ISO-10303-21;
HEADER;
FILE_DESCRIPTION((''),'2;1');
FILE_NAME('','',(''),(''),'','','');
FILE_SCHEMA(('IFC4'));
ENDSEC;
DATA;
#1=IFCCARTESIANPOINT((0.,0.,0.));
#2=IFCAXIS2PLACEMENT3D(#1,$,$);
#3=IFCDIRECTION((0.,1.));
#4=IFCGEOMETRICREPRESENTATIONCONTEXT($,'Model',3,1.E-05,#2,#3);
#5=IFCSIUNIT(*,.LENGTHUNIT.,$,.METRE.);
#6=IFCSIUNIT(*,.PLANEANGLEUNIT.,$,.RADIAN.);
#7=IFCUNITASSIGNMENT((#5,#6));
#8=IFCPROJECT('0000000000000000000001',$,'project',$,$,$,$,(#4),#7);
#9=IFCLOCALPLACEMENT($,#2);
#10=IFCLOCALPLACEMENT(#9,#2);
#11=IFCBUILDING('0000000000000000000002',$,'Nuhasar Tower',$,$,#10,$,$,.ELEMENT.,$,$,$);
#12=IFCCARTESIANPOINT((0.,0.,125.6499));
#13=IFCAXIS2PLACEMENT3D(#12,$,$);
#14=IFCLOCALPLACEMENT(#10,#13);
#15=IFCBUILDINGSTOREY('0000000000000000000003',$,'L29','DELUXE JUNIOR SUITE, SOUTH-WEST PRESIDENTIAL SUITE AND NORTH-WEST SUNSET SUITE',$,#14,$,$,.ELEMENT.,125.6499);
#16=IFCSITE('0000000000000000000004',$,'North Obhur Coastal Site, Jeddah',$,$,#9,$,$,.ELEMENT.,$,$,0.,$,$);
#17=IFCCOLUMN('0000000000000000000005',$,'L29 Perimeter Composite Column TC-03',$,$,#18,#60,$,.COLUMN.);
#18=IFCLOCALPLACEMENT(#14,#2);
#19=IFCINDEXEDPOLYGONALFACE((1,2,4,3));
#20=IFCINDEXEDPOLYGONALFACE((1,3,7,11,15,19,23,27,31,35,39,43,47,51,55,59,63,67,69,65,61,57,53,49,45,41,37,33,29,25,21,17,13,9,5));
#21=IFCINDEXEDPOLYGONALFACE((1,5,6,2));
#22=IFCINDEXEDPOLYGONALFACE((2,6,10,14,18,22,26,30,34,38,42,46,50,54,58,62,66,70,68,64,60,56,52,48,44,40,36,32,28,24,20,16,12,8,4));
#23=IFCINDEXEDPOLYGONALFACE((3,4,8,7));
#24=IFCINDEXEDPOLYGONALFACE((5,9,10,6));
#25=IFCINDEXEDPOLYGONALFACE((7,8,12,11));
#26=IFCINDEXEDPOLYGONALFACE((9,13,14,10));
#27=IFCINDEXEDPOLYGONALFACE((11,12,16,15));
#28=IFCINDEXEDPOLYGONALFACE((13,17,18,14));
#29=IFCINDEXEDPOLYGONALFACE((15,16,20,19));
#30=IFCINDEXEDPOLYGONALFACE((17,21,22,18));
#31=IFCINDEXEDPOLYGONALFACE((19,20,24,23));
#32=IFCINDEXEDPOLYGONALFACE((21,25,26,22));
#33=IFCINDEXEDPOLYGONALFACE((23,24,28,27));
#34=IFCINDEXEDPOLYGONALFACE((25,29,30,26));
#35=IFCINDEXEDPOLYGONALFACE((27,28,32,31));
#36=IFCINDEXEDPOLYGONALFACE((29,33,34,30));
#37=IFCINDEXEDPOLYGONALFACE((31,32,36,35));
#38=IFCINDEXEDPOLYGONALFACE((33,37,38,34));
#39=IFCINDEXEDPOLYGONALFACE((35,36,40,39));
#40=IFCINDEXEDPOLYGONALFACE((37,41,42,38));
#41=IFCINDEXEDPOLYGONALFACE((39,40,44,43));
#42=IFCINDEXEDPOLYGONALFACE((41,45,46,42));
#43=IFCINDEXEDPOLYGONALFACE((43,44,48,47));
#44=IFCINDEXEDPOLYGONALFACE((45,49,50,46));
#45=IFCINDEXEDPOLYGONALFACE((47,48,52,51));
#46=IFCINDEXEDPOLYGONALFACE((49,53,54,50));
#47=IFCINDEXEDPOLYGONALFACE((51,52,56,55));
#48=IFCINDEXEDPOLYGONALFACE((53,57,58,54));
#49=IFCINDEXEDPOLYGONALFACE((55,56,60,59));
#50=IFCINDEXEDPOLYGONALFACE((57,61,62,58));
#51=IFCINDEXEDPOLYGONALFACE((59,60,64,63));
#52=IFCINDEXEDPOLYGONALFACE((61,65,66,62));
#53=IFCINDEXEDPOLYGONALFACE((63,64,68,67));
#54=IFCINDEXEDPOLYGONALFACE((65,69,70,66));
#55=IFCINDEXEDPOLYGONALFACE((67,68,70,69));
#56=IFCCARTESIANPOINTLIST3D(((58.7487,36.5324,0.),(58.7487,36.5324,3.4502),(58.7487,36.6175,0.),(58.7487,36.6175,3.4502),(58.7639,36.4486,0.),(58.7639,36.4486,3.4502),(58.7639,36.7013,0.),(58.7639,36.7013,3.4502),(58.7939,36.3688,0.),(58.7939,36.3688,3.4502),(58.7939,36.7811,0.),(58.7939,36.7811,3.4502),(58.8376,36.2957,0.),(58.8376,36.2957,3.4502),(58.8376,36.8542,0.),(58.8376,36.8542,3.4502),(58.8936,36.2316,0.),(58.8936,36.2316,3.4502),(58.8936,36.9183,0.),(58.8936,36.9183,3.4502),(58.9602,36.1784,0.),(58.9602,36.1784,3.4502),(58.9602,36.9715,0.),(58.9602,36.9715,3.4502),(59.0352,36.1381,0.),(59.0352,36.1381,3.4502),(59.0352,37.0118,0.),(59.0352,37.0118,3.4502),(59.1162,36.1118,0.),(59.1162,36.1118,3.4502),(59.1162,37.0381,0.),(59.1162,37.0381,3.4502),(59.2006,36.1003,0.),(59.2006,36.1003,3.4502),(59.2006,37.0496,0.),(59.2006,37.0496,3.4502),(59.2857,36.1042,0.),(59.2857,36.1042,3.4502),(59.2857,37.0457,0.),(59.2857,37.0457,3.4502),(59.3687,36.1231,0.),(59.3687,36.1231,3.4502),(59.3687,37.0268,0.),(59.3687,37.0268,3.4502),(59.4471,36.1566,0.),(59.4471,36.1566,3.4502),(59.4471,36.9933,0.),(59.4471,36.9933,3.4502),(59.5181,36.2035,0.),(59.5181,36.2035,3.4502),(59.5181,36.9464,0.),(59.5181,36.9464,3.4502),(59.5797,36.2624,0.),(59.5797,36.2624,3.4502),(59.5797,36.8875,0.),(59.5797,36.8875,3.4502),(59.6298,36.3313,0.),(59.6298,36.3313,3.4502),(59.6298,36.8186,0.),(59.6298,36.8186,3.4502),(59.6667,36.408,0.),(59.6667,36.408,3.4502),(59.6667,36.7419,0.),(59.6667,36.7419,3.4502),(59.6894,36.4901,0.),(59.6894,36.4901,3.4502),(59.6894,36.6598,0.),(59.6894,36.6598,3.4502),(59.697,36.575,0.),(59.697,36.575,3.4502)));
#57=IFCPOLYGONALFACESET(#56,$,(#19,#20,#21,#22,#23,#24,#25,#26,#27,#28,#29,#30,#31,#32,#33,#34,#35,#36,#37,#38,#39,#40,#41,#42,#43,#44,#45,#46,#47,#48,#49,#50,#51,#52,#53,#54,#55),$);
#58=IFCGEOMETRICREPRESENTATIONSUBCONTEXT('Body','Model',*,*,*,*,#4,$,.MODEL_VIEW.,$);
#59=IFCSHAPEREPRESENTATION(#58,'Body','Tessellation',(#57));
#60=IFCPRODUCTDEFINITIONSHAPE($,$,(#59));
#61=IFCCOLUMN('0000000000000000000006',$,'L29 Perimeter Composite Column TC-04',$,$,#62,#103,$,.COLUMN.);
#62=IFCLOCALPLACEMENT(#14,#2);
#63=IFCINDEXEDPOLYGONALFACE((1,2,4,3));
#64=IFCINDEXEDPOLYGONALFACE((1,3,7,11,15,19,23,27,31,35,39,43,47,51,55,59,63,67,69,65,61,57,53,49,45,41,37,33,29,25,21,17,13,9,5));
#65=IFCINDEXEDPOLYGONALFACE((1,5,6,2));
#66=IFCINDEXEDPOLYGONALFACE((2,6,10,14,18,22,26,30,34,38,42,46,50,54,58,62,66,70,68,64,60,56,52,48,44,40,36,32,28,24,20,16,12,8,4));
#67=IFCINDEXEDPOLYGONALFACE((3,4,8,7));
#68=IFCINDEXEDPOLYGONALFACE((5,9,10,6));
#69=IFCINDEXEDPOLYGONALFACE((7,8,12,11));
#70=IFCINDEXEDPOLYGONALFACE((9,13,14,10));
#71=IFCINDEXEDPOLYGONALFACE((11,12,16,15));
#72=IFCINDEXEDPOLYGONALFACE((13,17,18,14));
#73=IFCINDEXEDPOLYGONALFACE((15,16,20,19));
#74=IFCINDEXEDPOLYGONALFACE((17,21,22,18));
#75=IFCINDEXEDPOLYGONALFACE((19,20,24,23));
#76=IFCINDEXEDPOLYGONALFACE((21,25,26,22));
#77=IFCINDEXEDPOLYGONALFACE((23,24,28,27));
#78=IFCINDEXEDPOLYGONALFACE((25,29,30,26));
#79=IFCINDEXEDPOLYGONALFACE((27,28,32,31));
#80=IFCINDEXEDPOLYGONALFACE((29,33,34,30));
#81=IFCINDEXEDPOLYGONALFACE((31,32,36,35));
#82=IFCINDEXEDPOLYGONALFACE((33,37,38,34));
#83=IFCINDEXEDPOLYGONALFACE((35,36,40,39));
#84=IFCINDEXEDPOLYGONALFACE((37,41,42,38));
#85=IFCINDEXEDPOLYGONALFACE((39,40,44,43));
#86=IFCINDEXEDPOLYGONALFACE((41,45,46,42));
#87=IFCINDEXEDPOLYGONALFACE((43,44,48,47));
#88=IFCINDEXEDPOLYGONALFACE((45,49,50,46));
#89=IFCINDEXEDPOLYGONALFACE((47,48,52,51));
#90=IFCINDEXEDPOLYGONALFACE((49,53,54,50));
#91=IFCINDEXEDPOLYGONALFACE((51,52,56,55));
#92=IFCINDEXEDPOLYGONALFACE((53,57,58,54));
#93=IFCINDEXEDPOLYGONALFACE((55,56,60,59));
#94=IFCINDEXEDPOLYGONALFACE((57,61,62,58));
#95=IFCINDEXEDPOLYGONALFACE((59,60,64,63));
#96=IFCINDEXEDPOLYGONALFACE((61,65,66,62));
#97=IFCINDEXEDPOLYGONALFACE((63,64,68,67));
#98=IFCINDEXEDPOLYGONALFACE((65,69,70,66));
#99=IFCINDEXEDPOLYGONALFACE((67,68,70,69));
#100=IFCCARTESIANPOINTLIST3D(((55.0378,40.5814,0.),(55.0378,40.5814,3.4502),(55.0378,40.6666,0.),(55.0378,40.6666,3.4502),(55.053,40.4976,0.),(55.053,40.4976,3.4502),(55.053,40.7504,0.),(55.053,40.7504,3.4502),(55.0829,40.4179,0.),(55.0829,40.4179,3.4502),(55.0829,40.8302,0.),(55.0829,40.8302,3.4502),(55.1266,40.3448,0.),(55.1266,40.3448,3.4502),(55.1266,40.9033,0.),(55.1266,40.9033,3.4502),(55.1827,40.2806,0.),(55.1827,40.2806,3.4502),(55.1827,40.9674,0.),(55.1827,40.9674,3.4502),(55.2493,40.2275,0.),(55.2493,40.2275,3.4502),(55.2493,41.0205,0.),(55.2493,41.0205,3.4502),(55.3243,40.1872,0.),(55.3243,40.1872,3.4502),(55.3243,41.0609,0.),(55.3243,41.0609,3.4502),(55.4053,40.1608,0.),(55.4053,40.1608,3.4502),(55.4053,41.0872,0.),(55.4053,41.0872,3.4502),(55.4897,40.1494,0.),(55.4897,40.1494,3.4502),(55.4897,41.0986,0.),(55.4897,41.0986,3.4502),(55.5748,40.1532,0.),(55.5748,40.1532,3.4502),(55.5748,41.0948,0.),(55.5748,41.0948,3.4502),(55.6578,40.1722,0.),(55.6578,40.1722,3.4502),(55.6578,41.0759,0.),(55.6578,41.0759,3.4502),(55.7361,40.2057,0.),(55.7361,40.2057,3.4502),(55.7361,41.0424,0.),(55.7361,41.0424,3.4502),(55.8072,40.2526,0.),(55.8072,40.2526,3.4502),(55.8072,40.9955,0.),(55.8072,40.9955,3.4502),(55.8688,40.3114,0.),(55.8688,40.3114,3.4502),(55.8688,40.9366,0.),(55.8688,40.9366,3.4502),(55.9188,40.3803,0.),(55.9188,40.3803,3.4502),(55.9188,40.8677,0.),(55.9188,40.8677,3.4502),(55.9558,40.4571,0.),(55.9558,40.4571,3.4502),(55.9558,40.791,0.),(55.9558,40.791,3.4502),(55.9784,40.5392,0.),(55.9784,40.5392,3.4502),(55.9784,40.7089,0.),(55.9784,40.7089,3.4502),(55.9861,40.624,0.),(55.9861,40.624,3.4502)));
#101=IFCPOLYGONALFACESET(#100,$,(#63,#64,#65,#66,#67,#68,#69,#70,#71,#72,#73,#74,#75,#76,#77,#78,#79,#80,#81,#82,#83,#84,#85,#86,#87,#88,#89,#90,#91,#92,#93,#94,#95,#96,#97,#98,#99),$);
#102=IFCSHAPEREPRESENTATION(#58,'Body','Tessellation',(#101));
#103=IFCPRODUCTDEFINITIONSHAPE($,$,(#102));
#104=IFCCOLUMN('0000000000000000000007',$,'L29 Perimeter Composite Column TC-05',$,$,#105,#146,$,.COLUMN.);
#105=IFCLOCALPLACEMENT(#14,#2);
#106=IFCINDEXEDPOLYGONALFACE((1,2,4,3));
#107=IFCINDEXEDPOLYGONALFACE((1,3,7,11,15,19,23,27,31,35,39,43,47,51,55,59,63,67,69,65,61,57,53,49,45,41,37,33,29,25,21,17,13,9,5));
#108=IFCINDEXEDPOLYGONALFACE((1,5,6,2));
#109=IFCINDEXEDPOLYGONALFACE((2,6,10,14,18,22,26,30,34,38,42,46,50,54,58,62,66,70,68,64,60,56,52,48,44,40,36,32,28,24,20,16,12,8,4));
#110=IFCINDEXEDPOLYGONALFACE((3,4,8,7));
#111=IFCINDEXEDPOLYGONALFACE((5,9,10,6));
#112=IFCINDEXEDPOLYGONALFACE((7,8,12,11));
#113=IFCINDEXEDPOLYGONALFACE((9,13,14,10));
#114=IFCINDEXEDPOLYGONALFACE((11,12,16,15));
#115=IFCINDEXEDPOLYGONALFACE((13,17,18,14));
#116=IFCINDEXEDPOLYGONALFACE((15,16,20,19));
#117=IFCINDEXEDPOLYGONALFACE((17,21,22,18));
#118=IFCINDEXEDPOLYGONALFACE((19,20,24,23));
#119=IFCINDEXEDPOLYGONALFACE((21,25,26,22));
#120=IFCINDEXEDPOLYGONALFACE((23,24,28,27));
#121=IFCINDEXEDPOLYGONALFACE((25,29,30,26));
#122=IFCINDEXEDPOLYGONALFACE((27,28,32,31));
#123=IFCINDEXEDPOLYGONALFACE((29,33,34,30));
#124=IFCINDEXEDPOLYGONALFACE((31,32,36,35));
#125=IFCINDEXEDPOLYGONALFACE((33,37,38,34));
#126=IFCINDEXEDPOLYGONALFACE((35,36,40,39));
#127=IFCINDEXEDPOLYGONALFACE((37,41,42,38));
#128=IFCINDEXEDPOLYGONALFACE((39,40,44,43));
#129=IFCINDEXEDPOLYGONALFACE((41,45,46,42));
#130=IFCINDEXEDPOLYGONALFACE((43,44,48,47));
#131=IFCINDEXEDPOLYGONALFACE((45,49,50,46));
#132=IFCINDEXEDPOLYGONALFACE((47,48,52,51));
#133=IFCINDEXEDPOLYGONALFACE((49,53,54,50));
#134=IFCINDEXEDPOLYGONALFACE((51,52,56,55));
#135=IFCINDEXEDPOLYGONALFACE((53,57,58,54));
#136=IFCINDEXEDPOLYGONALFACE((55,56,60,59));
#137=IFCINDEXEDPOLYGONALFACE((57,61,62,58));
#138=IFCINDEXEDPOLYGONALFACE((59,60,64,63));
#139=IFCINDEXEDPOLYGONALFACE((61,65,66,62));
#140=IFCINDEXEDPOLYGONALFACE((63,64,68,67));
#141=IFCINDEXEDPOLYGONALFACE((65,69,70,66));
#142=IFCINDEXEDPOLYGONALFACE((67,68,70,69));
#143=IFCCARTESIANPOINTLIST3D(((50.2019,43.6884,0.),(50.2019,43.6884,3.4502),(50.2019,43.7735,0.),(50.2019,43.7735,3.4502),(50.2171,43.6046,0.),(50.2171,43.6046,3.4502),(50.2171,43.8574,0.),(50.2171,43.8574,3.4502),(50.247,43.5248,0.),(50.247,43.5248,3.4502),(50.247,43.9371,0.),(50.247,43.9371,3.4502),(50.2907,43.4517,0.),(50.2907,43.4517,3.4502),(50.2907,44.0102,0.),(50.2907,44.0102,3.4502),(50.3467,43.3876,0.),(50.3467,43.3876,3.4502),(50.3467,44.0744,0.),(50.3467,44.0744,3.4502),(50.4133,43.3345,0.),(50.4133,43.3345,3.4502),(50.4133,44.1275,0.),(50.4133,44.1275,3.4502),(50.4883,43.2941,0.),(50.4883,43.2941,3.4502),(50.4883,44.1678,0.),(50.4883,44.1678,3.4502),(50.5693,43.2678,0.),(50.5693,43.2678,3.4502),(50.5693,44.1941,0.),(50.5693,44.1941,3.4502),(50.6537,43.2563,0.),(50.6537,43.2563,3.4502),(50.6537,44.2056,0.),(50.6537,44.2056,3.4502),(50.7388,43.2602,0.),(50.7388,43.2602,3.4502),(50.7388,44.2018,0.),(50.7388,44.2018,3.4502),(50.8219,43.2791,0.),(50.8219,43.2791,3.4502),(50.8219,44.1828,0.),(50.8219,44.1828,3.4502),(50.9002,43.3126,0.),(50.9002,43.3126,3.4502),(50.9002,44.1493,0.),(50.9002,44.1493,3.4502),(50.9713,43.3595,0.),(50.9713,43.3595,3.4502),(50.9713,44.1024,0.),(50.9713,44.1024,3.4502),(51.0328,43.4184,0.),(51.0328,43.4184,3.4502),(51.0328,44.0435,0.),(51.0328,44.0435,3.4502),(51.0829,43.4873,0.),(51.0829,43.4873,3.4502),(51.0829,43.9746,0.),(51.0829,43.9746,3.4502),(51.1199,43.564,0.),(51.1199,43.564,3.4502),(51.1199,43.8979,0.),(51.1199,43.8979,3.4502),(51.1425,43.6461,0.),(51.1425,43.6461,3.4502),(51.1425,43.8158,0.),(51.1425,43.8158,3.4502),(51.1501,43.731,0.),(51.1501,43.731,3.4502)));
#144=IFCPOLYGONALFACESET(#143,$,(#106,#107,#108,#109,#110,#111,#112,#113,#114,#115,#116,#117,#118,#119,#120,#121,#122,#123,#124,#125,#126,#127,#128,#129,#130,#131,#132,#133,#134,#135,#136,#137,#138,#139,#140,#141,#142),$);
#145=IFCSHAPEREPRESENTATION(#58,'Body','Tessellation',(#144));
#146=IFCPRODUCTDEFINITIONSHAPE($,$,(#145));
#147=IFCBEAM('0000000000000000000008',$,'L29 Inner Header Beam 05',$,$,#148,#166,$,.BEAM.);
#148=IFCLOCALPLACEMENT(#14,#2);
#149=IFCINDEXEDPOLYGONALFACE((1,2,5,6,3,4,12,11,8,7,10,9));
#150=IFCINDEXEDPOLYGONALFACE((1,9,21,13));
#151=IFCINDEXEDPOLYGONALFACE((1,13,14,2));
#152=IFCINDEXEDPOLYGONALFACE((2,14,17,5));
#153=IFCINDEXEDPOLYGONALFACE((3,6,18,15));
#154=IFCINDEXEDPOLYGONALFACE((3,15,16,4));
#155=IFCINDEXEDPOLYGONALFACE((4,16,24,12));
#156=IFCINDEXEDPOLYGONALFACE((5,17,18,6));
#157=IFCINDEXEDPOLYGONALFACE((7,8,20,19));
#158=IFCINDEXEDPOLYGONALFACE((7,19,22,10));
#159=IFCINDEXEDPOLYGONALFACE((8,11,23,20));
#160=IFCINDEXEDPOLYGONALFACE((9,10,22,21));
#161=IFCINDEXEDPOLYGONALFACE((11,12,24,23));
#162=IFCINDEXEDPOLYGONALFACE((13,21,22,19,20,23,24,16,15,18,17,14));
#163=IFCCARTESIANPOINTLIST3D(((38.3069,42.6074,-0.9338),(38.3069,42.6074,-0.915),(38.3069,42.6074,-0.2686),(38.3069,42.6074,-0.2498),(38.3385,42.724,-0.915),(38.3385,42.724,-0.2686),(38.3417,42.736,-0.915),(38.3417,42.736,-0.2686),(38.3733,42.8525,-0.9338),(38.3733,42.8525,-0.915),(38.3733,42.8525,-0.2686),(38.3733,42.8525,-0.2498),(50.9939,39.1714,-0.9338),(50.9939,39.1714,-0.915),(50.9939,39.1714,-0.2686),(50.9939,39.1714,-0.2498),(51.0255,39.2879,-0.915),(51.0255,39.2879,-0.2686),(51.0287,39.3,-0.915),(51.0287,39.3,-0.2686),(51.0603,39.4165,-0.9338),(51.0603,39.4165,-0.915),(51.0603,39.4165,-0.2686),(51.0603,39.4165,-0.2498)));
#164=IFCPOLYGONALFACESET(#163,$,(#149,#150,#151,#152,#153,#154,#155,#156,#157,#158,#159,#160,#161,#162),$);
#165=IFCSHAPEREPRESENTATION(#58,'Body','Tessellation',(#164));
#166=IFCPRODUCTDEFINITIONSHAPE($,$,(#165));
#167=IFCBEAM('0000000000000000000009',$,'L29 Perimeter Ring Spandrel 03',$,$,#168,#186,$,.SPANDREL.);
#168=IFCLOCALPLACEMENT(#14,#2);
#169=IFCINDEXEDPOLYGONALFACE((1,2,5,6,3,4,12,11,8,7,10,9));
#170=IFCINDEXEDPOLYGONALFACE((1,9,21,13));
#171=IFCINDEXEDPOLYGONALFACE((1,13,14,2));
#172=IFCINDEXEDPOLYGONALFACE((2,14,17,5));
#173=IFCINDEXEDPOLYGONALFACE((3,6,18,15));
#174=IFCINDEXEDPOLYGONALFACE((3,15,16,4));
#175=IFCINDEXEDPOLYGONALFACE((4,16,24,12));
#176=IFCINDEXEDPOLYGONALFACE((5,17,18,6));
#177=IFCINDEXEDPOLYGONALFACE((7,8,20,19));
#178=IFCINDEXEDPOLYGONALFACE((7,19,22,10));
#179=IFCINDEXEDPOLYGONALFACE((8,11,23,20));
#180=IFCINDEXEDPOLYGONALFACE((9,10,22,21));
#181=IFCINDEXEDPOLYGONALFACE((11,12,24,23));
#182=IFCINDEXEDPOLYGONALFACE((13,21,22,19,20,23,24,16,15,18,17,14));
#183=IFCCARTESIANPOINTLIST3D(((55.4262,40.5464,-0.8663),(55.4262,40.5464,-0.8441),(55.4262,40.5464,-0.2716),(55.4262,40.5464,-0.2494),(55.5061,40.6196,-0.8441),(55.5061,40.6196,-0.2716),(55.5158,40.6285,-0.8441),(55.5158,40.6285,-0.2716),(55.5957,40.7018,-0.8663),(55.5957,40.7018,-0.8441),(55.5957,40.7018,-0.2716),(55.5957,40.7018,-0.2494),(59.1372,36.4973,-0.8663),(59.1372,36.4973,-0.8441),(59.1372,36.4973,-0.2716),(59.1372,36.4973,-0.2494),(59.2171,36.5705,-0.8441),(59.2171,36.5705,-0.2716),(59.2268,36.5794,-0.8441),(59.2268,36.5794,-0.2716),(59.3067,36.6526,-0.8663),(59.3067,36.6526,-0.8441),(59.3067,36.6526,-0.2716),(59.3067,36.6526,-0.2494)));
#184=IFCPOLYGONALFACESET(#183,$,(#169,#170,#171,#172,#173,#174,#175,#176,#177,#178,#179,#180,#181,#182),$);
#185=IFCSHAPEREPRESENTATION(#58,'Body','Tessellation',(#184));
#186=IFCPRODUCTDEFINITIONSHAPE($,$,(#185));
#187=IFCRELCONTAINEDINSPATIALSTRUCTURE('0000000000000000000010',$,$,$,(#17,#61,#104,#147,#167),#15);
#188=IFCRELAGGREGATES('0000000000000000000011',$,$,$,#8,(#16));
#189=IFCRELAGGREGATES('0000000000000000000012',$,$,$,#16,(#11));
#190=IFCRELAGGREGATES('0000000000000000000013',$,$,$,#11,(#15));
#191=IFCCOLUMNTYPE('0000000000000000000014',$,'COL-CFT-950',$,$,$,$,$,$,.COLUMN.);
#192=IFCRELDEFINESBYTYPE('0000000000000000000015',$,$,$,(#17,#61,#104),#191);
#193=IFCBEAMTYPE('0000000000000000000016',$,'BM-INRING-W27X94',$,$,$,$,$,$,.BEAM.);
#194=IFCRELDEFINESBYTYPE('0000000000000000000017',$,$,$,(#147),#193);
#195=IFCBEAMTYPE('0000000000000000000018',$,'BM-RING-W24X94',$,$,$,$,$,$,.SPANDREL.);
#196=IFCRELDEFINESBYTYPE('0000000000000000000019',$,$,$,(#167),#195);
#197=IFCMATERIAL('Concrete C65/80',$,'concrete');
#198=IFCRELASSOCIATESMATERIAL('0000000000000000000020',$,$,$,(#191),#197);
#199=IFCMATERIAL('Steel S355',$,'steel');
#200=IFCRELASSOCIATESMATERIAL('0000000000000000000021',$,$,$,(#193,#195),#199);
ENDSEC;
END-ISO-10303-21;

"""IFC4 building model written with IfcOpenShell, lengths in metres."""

from ifc_helpers import new_model, si_unit, direction, frame, origin, origin_2d, place, context, subcontext, project, spatial, circle, i_section, extrude, material, material_profile, profile_set, type_object, element, save


model = new_model("IFC4")

# Units and contexts
model_context = context("Model", 3, precision=1e-05, world=origin(), true_north=direction((0.0, 1.0)))
body_context = subcontext(model_context, "Body", "Model", "MODEL_VIEW")
ifc_project = project(units=[si_unit("LENGTHUNIT", "METRE"), si_unit("PLANEANGLEUNIT", "RADIAN")], contexts=[model_context])

# Site, building, storey
site_placement = place(None, origin())
site = spatial("IfcSite", under=ifc_project, at=site_placement, Name="North Obhur Coastal Site, Jeddah", CompositionType="ELEMENT", RefElevation=0.0)
building_placement = place(site_placement, origin())
building = spatial("IfcBuilding", under=site, at=building_placement, Name="Nuhasar Tower", CompositionType="ELEMENT")
storey_placement = place(building_placement, frame((0.0, 0.0, 125.6499)))
storey = spatial("IfcBuildingStorey", under=building, at=storey_placement, Name="L29", Description="DELUXE JUNIOR SUITE, SOUTH-WEST PRESIDENTIAL SUITE AND NORTH-WEST SUNSET SUITE", CompositionType="ELEMENT", Elevation=125.6499)

# Columns
ifc_material_1 = material(Name="Concrete C65/80", Category="concrete")
ifc_material_profile_1 = material_profile(ifc_material_1, circle(Radius=0.4751, at=origin_2d()), Name="CFT950")
ifc_profile_set_1 = profile_set([ifc_material_profile_1], Name="Concrete C65/80")
column_type = type_object("IfcColumnType", Name="COL-CFT-950", PredefinedType="COLUMN", material=ifc_profile_set_1)
for number, where, z_axis, x_axis, name in (
    (1, (59.2219, 36.575, 0.0), (0.0, 0.0, 1.0), (1.0, 0.0, 0.0), "L29 Perimeter Composite Column TC-03"),
    (2, (55.511, 40.624, 0.0), (0.0, 0.0, 1.0), (1.0, 0.0, 0.0), "L29 Perimeter Composite Column TC-04"),
    (3, (50.675, 43.731, 0.0), (0.0, 0.0, 1.0), (1.0, 0.0, 0.0), "L29 Perimeter Composite Column TC-05"),
):
    element("IfcColumn", number, at=place(storey_placement, frame(where, z_axis=z_axis, x_axis=x_axis)), inside=storey, type_object=column_type, Name=name, PredefinedType="COLUMN", context=body_context, shape_type="SweptSolid", body=[
        extrude(circle(Radius=0.4751, at=origin_2d()), origin(), (0.0, 0.0, 1.0), 3.4502),
    ])

# Beams
ifc_material_2 = material(Name="Steel S355", Category="steel")
ifc_material_profile_2 = material_profile(ifc_material_2, i_section(OverallWidth=0.2539, OverallDepth=0.6841, WebThickness=0.0125, FlangeThickness=0.0188, at=origin_2d()), Name="W27X94")
ifc_profile_set_2 = profile_set([ifc_material_profile_2], Name="Steel S355")
beam_type_1 = type_object("IfcBeamType", Name="BM-INRING-W27X94", PredefinedType="BEAM", material=ifc_profile_set_2)
beam_1_placement = place(storey_placement, frame((51.0271, 39.2939, -0.5918), z_axis=(-0.965227, 0.261413, 0.0), x_axis=(-0.261413, -0.965227, 0.0)))
element("IfcBeam", 4, at=beam_1_placement, inside=storey, type_object=beam_type_1, Name="L29 Inner Header Beam 05", PredefinedType="BEAM", context=body_context, shape_type="SweptSolid", body=[
    extrude(i_section(OverallWidth=0.2539, OverallDepth=0.6841, WebThickness=0.0125, FlangeThickness=0.0188, at=origin_2d()), origin(), (0.0, 0.0, 1.0), 13.144),
])
ifc_material_profile_3 = material_profile(ifc_material_2, i_section(OverallWidth=0.23, OverallDepth=0.6169, WebThickness=0.0132, FlangeThickness=0.0222, at=origin_2d()), Name="W24X94")
ifc_profile_set_3 = profile_set([ifc_material_profile_3], Name="Steel S355")
beam_type_2 = type_object("IfcBeamType", Name="BM-RING-W24X94", PredefinedType="SPANDREL", material=ifc_profile_set_3)
beam_2_placement = place(storey_placement, frame((59.2219, 36.575, -0.5579), z_axis=(-0.675654, 0.737219, 0.0), x_axis=(-0.737219, -0.675654, 0.0)))
element("IfcBeam", 5, at=beam_2_placement, inside=storey, type_object=beam_type_2, Name="L29 Perimeter Ring Spandrel 03", PredefinedType="SPANDREL", context=body_context, shape_type="SweptSolid", body=[
    extrude(i_section(OverallWidth=0.23, OverallDepth=0.6169, WebThickness=0.0132, FlangeThickness=0.0222, at=origin_2d()), origin(), (0.0, 0.0, 1.0), 5.4924),
])

save(model, "model.ifc")
